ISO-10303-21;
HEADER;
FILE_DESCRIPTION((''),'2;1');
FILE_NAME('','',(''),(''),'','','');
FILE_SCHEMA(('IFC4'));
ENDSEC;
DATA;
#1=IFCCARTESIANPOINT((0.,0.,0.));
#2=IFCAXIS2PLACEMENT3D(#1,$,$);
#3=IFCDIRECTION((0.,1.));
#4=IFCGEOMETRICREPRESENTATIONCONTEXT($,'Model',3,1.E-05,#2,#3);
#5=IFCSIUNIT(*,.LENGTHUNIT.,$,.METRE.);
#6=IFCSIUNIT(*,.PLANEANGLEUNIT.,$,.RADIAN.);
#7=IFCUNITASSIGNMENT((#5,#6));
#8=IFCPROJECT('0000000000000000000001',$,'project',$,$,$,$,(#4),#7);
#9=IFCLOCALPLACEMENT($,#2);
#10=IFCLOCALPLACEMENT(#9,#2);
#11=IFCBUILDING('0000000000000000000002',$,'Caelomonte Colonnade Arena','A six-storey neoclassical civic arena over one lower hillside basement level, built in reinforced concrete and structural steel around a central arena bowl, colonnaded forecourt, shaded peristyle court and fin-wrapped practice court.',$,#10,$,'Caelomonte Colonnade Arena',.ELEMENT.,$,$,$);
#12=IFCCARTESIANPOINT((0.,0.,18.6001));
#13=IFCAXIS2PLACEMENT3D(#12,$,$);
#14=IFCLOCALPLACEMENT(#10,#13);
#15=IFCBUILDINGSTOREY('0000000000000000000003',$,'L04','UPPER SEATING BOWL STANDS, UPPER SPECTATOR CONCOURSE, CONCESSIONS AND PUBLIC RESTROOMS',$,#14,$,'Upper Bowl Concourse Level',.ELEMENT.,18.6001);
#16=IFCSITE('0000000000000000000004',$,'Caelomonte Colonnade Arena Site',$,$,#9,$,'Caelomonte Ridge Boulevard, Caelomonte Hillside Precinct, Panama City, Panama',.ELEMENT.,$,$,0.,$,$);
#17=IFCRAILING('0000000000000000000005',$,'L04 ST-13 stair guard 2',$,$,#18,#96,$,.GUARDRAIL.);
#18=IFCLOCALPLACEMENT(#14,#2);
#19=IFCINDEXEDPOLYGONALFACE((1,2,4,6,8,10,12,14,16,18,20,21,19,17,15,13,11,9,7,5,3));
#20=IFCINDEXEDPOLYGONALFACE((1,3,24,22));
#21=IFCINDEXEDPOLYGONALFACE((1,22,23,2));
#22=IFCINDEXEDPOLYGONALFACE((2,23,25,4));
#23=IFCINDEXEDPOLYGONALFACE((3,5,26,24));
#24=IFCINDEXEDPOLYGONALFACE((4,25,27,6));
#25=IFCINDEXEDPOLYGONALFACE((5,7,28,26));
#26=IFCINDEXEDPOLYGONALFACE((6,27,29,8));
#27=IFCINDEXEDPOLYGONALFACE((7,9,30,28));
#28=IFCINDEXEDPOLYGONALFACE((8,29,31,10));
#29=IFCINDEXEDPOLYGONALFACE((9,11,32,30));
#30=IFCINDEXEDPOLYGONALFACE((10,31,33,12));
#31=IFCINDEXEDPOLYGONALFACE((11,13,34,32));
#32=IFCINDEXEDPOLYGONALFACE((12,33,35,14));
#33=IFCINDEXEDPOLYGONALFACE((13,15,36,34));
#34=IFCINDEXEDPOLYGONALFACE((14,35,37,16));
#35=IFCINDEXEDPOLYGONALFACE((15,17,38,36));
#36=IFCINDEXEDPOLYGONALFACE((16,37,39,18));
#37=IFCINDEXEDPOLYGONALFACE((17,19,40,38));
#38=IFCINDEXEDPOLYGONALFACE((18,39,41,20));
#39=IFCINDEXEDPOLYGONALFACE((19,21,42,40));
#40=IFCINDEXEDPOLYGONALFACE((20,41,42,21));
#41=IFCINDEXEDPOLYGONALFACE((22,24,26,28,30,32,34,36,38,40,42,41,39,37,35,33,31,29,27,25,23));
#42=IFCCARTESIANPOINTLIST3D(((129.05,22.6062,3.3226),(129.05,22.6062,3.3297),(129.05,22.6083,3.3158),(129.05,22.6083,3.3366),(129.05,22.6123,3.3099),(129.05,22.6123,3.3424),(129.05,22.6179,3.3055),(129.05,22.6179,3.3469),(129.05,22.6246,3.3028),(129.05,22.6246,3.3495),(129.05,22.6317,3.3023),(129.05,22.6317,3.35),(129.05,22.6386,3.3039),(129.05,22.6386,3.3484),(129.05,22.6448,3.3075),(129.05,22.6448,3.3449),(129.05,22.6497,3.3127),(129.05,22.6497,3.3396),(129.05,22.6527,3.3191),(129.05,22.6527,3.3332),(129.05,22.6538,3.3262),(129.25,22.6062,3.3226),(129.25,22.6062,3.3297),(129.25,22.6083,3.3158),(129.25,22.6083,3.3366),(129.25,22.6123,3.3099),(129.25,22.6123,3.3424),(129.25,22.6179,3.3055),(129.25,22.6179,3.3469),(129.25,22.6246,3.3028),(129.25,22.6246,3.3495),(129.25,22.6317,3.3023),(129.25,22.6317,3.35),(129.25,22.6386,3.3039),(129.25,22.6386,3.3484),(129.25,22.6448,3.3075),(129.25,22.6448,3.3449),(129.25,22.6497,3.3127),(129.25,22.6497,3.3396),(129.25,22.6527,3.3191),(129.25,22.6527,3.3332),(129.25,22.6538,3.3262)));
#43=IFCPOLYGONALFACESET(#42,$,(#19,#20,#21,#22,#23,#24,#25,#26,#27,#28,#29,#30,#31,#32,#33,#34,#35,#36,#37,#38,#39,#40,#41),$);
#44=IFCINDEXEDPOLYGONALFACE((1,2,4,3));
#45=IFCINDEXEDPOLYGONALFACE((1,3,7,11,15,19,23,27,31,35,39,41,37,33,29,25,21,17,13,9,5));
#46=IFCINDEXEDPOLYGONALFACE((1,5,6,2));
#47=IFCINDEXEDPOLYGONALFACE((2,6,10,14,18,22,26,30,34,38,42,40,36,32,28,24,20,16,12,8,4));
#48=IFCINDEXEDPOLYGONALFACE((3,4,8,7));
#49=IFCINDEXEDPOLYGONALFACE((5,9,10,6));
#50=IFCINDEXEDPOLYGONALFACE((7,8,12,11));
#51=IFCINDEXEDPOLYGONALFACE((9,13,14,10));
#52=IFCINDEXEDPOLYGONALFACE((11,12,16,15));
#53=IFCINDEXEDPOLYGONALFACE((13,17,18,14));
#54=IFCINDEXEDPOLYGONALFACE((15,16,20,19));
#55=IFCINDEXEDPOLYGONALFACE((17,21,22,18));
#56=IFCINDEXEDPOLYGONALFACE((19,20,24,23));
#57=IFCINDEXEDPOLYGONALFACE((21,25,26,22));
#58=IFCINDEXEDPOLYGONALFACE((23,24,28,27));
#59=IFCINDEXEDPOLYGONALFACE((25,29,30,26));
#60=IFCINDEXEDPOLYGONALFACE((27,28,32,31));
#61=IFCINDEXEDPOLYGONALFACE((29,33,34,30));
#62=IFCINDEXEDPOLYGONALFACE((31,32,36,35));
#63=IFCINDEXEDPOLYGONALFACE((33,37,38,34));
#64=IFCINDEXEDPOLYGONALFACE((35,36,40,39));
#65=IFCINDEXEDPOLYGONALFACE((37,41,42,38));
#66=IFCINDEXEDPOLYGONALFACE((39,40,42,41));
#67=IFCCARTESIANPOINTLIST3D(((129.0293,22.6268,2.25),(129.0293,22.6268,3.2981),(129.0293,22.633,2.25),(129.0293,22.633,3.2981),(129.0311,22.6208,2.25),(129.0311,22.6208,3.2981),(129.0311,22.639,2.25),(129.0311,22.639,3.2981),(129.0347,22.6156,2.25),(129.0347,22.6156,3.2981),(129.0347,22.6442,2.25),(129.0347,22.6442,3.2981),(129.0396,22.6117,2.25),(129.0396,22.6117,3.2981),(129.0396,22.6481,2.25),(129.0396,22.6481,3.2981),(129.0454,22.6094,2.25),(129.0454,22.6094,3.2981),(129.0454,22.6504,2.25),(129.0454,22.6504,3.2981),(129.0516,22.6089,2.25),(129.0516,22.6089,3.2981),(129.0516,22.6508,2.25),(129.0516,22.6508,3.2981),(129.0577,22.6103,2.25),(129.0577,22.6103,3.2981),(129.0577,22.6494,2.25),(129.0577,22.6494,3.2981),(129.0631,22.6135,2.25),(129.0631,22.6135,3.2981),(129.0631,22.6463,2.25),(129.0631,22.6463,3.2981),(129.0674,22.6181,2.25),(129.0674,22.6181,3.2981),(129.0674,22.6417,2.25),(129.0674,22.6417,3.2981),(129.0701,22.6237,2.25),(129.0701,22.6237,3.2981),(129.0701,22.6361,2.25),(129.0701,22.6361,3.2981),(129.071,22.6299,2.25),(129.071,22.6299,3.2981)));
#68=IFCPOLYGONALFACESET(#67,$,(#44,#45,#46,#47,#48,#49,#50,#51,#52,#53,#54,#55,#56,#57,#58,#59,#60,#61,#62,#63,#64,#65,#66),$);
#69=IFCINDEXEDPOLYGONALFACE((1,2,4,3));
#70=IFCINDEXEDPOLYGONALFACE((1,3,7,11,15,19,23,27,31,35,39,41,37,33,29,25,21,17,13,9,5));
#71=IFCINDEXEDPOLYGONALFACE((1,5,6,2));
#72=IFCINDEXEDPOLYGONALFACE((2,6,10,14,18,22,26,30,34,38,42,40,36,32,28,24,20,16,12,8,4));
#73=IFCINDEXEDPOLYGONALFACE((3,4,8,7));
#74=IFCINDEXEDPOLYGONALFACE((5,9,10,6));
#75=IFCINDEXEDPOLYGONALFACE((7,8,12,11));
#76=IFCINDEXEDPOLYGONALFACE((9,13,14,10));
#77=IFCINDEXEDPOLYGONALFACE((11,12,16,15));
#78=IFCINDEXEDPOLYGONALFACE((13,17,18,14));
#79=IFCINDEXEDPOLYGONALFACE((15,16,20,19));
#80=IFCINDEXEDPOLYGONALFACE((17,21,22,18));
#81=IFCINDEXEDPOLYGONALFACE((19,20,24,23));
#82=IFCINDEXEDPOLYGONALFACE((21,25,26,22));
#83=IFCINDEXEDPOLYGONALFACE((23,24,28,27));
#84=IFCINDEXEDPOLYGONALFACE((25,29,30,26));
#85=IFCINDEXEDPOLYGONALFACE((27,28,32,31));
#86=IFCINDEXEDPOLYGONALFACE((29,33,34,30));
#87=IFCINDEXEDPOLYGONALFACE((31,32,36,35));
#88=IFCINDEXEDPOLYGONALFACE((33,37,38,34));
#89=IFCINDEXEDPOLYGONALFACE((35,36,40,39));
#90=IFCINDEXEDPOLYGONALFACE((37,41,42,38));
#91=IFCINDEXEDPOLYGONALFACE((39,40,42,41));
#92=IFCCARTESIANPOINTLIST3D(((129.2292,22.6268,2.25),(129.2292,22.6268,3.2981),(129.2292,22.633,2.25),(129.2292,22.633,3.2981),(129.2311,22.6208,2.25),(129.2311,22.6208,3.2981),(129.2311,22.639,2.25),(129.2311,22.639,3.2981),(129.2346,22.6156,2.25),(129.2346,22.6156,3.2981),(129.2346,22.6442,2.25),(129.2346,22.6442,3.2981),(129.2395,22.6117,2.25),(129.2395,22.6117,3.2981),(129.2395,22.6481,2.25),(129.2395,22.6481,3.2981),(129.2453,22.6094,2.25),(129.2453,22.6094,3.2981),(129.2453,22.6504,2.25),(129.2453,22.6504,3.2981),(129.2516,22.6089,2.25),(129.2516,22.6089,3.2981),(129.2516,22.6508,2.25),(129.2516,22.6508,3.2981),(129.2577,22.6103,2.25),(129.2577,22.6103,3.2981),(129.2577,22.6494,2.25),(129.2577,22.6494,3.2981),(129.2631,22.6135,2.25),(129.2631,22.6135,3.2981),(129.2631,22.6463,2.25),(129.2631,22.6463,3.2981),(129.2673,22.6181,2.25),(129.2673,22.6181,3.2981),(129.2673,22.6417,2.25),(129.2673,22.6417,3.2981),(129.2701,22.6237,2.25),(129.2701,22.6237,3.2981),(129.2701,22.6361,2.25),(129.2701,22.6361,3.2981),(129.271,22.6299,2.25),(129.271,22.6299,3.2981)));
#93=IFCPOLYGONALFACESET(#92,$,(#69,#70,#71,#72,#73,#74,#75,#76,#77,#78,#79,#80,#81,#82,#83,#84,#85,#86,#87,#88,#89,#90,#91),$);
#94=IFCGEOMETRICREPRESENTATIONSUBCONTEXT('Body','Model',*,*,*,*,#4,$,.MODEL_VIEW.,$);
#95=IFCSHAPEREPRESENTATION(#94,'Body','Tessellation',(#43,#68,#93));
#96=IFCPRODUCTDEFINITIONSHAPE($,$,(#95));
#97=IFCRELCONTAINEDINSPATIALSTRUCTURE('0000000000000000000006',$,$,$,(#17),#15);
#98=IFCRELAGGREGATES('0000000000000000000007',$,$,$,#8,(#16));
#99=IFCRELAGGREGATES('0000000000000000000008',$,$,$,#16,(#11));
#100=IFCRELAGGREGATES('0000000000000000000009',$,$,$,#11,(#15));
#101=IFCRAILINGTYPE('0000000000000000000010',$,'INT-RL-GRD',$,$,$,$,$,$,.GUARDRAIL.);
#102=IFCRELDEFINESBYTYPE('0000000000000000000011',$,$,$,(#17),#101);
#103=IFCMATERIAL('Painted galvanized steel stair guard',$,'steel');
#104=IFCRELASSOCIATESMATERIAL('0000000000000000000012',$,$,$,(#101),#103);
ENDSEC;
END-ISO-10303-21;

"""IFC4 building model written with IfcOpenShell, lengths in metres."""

from ifc_helpers import new_model, si_unit, direction, frame, origin, origin_2d, place, context, subcontext, project, spatial, circle, extrude, material, type_object, element, save


model = new_model("IFC4")

# Units and contexts
model_context = context("Model", 3, precision=1e-05, world=origin(), true_north=direction((0.0, 1.0)))
body_context = subcontext(model_context, "Body", "Model", "MODEL_VIEW")
ifc_project = project(units=[si_unit("LENGTHUNIT", "METRE"), si_unit("PLANEANGLEUNIT", "RADIAN")], contexts=[model_context])

# Site, building, storey
site_placement = place(None, origin())
site = spatial("IfcSite", under=ifc_project, at=site_placement, Name="Caelomonte Colonnade Arena Site", LongName="Caelomonte Ridge Boulevard, Caelomonte Hillside Precinct, Panama City, Panama", CompositionType="ELEMENT", RefElevation=0.0)
building_placement = place(site_placement, origin())
building = spatial("IfcBuilding", under=site, at=building_placement, Name="Caelomonte Colonnade Arena", Description="A six-storey neoclassical civic arena over one lower hillside basement level, built in reinforced concrete and structural steel around a central arena bowl, colonnaded forecourt, shaded peristyle court and fin-wrapped practice court.", LongName="Caelomonte Colonnade Arena", CompositionType="ELEMENT")
storey_placement = place(building_placement, frame((0.0, 0.0, 18.6001)))
storey = spatial("IfcBuildingStorey", under=building, at=storey_placement, Name="L04", Description="UPPER SEATING BOWL STANDS, UPPER SPECTATOR CONCOURSE, CONCESSIONS AND PUBLIC RESTROOMS", LongName="Upper Bowl Concourse Level", CompositionType="ELEMENT", Elevation=18.6001)

# Railing
ifc_material_1 = material(Name="Painted galvanized steel stair guard", Category="steel")
railing_type_1 = type_object("IfcRailingType", Name="INT-RL-GRD", PredefinedType="GUARDRAIL", material=ifc_material_1)
railing_1_placement = place(storey_placement, frame((129.05, 22.6299, 2.25)))
element("IfcRailing", 1, at=railing_1_placement, inside=storey, type_object=railing_type_1, Name="L04 ST-13 stair guard 2", PredefinedType="GUARDRAIL", context=body_context, shape_type="SweptSolid", body=[
    extrude(circle(Radius=0.0239, at=origin_2d()), frame((0.0, 0.0, 1.0762), z_axis=(1.0, 0.0, 0.0), x_axis=(0.0, 1.0, 0.0)), (0.0, 0.0, 1.0), 0.2),
    extrude(circle(Radius=0.021, at=origin_2d()), origin(), (0.0, 0.0, 1.0), 1.0481),
    extrude(circle(Radius=0.021, at=origin_2d()), frame((0.2, 0.0, 0.0)), (0.0, 0.0, 1.0), 1.0481),
])

save(model, "model.ifc")
